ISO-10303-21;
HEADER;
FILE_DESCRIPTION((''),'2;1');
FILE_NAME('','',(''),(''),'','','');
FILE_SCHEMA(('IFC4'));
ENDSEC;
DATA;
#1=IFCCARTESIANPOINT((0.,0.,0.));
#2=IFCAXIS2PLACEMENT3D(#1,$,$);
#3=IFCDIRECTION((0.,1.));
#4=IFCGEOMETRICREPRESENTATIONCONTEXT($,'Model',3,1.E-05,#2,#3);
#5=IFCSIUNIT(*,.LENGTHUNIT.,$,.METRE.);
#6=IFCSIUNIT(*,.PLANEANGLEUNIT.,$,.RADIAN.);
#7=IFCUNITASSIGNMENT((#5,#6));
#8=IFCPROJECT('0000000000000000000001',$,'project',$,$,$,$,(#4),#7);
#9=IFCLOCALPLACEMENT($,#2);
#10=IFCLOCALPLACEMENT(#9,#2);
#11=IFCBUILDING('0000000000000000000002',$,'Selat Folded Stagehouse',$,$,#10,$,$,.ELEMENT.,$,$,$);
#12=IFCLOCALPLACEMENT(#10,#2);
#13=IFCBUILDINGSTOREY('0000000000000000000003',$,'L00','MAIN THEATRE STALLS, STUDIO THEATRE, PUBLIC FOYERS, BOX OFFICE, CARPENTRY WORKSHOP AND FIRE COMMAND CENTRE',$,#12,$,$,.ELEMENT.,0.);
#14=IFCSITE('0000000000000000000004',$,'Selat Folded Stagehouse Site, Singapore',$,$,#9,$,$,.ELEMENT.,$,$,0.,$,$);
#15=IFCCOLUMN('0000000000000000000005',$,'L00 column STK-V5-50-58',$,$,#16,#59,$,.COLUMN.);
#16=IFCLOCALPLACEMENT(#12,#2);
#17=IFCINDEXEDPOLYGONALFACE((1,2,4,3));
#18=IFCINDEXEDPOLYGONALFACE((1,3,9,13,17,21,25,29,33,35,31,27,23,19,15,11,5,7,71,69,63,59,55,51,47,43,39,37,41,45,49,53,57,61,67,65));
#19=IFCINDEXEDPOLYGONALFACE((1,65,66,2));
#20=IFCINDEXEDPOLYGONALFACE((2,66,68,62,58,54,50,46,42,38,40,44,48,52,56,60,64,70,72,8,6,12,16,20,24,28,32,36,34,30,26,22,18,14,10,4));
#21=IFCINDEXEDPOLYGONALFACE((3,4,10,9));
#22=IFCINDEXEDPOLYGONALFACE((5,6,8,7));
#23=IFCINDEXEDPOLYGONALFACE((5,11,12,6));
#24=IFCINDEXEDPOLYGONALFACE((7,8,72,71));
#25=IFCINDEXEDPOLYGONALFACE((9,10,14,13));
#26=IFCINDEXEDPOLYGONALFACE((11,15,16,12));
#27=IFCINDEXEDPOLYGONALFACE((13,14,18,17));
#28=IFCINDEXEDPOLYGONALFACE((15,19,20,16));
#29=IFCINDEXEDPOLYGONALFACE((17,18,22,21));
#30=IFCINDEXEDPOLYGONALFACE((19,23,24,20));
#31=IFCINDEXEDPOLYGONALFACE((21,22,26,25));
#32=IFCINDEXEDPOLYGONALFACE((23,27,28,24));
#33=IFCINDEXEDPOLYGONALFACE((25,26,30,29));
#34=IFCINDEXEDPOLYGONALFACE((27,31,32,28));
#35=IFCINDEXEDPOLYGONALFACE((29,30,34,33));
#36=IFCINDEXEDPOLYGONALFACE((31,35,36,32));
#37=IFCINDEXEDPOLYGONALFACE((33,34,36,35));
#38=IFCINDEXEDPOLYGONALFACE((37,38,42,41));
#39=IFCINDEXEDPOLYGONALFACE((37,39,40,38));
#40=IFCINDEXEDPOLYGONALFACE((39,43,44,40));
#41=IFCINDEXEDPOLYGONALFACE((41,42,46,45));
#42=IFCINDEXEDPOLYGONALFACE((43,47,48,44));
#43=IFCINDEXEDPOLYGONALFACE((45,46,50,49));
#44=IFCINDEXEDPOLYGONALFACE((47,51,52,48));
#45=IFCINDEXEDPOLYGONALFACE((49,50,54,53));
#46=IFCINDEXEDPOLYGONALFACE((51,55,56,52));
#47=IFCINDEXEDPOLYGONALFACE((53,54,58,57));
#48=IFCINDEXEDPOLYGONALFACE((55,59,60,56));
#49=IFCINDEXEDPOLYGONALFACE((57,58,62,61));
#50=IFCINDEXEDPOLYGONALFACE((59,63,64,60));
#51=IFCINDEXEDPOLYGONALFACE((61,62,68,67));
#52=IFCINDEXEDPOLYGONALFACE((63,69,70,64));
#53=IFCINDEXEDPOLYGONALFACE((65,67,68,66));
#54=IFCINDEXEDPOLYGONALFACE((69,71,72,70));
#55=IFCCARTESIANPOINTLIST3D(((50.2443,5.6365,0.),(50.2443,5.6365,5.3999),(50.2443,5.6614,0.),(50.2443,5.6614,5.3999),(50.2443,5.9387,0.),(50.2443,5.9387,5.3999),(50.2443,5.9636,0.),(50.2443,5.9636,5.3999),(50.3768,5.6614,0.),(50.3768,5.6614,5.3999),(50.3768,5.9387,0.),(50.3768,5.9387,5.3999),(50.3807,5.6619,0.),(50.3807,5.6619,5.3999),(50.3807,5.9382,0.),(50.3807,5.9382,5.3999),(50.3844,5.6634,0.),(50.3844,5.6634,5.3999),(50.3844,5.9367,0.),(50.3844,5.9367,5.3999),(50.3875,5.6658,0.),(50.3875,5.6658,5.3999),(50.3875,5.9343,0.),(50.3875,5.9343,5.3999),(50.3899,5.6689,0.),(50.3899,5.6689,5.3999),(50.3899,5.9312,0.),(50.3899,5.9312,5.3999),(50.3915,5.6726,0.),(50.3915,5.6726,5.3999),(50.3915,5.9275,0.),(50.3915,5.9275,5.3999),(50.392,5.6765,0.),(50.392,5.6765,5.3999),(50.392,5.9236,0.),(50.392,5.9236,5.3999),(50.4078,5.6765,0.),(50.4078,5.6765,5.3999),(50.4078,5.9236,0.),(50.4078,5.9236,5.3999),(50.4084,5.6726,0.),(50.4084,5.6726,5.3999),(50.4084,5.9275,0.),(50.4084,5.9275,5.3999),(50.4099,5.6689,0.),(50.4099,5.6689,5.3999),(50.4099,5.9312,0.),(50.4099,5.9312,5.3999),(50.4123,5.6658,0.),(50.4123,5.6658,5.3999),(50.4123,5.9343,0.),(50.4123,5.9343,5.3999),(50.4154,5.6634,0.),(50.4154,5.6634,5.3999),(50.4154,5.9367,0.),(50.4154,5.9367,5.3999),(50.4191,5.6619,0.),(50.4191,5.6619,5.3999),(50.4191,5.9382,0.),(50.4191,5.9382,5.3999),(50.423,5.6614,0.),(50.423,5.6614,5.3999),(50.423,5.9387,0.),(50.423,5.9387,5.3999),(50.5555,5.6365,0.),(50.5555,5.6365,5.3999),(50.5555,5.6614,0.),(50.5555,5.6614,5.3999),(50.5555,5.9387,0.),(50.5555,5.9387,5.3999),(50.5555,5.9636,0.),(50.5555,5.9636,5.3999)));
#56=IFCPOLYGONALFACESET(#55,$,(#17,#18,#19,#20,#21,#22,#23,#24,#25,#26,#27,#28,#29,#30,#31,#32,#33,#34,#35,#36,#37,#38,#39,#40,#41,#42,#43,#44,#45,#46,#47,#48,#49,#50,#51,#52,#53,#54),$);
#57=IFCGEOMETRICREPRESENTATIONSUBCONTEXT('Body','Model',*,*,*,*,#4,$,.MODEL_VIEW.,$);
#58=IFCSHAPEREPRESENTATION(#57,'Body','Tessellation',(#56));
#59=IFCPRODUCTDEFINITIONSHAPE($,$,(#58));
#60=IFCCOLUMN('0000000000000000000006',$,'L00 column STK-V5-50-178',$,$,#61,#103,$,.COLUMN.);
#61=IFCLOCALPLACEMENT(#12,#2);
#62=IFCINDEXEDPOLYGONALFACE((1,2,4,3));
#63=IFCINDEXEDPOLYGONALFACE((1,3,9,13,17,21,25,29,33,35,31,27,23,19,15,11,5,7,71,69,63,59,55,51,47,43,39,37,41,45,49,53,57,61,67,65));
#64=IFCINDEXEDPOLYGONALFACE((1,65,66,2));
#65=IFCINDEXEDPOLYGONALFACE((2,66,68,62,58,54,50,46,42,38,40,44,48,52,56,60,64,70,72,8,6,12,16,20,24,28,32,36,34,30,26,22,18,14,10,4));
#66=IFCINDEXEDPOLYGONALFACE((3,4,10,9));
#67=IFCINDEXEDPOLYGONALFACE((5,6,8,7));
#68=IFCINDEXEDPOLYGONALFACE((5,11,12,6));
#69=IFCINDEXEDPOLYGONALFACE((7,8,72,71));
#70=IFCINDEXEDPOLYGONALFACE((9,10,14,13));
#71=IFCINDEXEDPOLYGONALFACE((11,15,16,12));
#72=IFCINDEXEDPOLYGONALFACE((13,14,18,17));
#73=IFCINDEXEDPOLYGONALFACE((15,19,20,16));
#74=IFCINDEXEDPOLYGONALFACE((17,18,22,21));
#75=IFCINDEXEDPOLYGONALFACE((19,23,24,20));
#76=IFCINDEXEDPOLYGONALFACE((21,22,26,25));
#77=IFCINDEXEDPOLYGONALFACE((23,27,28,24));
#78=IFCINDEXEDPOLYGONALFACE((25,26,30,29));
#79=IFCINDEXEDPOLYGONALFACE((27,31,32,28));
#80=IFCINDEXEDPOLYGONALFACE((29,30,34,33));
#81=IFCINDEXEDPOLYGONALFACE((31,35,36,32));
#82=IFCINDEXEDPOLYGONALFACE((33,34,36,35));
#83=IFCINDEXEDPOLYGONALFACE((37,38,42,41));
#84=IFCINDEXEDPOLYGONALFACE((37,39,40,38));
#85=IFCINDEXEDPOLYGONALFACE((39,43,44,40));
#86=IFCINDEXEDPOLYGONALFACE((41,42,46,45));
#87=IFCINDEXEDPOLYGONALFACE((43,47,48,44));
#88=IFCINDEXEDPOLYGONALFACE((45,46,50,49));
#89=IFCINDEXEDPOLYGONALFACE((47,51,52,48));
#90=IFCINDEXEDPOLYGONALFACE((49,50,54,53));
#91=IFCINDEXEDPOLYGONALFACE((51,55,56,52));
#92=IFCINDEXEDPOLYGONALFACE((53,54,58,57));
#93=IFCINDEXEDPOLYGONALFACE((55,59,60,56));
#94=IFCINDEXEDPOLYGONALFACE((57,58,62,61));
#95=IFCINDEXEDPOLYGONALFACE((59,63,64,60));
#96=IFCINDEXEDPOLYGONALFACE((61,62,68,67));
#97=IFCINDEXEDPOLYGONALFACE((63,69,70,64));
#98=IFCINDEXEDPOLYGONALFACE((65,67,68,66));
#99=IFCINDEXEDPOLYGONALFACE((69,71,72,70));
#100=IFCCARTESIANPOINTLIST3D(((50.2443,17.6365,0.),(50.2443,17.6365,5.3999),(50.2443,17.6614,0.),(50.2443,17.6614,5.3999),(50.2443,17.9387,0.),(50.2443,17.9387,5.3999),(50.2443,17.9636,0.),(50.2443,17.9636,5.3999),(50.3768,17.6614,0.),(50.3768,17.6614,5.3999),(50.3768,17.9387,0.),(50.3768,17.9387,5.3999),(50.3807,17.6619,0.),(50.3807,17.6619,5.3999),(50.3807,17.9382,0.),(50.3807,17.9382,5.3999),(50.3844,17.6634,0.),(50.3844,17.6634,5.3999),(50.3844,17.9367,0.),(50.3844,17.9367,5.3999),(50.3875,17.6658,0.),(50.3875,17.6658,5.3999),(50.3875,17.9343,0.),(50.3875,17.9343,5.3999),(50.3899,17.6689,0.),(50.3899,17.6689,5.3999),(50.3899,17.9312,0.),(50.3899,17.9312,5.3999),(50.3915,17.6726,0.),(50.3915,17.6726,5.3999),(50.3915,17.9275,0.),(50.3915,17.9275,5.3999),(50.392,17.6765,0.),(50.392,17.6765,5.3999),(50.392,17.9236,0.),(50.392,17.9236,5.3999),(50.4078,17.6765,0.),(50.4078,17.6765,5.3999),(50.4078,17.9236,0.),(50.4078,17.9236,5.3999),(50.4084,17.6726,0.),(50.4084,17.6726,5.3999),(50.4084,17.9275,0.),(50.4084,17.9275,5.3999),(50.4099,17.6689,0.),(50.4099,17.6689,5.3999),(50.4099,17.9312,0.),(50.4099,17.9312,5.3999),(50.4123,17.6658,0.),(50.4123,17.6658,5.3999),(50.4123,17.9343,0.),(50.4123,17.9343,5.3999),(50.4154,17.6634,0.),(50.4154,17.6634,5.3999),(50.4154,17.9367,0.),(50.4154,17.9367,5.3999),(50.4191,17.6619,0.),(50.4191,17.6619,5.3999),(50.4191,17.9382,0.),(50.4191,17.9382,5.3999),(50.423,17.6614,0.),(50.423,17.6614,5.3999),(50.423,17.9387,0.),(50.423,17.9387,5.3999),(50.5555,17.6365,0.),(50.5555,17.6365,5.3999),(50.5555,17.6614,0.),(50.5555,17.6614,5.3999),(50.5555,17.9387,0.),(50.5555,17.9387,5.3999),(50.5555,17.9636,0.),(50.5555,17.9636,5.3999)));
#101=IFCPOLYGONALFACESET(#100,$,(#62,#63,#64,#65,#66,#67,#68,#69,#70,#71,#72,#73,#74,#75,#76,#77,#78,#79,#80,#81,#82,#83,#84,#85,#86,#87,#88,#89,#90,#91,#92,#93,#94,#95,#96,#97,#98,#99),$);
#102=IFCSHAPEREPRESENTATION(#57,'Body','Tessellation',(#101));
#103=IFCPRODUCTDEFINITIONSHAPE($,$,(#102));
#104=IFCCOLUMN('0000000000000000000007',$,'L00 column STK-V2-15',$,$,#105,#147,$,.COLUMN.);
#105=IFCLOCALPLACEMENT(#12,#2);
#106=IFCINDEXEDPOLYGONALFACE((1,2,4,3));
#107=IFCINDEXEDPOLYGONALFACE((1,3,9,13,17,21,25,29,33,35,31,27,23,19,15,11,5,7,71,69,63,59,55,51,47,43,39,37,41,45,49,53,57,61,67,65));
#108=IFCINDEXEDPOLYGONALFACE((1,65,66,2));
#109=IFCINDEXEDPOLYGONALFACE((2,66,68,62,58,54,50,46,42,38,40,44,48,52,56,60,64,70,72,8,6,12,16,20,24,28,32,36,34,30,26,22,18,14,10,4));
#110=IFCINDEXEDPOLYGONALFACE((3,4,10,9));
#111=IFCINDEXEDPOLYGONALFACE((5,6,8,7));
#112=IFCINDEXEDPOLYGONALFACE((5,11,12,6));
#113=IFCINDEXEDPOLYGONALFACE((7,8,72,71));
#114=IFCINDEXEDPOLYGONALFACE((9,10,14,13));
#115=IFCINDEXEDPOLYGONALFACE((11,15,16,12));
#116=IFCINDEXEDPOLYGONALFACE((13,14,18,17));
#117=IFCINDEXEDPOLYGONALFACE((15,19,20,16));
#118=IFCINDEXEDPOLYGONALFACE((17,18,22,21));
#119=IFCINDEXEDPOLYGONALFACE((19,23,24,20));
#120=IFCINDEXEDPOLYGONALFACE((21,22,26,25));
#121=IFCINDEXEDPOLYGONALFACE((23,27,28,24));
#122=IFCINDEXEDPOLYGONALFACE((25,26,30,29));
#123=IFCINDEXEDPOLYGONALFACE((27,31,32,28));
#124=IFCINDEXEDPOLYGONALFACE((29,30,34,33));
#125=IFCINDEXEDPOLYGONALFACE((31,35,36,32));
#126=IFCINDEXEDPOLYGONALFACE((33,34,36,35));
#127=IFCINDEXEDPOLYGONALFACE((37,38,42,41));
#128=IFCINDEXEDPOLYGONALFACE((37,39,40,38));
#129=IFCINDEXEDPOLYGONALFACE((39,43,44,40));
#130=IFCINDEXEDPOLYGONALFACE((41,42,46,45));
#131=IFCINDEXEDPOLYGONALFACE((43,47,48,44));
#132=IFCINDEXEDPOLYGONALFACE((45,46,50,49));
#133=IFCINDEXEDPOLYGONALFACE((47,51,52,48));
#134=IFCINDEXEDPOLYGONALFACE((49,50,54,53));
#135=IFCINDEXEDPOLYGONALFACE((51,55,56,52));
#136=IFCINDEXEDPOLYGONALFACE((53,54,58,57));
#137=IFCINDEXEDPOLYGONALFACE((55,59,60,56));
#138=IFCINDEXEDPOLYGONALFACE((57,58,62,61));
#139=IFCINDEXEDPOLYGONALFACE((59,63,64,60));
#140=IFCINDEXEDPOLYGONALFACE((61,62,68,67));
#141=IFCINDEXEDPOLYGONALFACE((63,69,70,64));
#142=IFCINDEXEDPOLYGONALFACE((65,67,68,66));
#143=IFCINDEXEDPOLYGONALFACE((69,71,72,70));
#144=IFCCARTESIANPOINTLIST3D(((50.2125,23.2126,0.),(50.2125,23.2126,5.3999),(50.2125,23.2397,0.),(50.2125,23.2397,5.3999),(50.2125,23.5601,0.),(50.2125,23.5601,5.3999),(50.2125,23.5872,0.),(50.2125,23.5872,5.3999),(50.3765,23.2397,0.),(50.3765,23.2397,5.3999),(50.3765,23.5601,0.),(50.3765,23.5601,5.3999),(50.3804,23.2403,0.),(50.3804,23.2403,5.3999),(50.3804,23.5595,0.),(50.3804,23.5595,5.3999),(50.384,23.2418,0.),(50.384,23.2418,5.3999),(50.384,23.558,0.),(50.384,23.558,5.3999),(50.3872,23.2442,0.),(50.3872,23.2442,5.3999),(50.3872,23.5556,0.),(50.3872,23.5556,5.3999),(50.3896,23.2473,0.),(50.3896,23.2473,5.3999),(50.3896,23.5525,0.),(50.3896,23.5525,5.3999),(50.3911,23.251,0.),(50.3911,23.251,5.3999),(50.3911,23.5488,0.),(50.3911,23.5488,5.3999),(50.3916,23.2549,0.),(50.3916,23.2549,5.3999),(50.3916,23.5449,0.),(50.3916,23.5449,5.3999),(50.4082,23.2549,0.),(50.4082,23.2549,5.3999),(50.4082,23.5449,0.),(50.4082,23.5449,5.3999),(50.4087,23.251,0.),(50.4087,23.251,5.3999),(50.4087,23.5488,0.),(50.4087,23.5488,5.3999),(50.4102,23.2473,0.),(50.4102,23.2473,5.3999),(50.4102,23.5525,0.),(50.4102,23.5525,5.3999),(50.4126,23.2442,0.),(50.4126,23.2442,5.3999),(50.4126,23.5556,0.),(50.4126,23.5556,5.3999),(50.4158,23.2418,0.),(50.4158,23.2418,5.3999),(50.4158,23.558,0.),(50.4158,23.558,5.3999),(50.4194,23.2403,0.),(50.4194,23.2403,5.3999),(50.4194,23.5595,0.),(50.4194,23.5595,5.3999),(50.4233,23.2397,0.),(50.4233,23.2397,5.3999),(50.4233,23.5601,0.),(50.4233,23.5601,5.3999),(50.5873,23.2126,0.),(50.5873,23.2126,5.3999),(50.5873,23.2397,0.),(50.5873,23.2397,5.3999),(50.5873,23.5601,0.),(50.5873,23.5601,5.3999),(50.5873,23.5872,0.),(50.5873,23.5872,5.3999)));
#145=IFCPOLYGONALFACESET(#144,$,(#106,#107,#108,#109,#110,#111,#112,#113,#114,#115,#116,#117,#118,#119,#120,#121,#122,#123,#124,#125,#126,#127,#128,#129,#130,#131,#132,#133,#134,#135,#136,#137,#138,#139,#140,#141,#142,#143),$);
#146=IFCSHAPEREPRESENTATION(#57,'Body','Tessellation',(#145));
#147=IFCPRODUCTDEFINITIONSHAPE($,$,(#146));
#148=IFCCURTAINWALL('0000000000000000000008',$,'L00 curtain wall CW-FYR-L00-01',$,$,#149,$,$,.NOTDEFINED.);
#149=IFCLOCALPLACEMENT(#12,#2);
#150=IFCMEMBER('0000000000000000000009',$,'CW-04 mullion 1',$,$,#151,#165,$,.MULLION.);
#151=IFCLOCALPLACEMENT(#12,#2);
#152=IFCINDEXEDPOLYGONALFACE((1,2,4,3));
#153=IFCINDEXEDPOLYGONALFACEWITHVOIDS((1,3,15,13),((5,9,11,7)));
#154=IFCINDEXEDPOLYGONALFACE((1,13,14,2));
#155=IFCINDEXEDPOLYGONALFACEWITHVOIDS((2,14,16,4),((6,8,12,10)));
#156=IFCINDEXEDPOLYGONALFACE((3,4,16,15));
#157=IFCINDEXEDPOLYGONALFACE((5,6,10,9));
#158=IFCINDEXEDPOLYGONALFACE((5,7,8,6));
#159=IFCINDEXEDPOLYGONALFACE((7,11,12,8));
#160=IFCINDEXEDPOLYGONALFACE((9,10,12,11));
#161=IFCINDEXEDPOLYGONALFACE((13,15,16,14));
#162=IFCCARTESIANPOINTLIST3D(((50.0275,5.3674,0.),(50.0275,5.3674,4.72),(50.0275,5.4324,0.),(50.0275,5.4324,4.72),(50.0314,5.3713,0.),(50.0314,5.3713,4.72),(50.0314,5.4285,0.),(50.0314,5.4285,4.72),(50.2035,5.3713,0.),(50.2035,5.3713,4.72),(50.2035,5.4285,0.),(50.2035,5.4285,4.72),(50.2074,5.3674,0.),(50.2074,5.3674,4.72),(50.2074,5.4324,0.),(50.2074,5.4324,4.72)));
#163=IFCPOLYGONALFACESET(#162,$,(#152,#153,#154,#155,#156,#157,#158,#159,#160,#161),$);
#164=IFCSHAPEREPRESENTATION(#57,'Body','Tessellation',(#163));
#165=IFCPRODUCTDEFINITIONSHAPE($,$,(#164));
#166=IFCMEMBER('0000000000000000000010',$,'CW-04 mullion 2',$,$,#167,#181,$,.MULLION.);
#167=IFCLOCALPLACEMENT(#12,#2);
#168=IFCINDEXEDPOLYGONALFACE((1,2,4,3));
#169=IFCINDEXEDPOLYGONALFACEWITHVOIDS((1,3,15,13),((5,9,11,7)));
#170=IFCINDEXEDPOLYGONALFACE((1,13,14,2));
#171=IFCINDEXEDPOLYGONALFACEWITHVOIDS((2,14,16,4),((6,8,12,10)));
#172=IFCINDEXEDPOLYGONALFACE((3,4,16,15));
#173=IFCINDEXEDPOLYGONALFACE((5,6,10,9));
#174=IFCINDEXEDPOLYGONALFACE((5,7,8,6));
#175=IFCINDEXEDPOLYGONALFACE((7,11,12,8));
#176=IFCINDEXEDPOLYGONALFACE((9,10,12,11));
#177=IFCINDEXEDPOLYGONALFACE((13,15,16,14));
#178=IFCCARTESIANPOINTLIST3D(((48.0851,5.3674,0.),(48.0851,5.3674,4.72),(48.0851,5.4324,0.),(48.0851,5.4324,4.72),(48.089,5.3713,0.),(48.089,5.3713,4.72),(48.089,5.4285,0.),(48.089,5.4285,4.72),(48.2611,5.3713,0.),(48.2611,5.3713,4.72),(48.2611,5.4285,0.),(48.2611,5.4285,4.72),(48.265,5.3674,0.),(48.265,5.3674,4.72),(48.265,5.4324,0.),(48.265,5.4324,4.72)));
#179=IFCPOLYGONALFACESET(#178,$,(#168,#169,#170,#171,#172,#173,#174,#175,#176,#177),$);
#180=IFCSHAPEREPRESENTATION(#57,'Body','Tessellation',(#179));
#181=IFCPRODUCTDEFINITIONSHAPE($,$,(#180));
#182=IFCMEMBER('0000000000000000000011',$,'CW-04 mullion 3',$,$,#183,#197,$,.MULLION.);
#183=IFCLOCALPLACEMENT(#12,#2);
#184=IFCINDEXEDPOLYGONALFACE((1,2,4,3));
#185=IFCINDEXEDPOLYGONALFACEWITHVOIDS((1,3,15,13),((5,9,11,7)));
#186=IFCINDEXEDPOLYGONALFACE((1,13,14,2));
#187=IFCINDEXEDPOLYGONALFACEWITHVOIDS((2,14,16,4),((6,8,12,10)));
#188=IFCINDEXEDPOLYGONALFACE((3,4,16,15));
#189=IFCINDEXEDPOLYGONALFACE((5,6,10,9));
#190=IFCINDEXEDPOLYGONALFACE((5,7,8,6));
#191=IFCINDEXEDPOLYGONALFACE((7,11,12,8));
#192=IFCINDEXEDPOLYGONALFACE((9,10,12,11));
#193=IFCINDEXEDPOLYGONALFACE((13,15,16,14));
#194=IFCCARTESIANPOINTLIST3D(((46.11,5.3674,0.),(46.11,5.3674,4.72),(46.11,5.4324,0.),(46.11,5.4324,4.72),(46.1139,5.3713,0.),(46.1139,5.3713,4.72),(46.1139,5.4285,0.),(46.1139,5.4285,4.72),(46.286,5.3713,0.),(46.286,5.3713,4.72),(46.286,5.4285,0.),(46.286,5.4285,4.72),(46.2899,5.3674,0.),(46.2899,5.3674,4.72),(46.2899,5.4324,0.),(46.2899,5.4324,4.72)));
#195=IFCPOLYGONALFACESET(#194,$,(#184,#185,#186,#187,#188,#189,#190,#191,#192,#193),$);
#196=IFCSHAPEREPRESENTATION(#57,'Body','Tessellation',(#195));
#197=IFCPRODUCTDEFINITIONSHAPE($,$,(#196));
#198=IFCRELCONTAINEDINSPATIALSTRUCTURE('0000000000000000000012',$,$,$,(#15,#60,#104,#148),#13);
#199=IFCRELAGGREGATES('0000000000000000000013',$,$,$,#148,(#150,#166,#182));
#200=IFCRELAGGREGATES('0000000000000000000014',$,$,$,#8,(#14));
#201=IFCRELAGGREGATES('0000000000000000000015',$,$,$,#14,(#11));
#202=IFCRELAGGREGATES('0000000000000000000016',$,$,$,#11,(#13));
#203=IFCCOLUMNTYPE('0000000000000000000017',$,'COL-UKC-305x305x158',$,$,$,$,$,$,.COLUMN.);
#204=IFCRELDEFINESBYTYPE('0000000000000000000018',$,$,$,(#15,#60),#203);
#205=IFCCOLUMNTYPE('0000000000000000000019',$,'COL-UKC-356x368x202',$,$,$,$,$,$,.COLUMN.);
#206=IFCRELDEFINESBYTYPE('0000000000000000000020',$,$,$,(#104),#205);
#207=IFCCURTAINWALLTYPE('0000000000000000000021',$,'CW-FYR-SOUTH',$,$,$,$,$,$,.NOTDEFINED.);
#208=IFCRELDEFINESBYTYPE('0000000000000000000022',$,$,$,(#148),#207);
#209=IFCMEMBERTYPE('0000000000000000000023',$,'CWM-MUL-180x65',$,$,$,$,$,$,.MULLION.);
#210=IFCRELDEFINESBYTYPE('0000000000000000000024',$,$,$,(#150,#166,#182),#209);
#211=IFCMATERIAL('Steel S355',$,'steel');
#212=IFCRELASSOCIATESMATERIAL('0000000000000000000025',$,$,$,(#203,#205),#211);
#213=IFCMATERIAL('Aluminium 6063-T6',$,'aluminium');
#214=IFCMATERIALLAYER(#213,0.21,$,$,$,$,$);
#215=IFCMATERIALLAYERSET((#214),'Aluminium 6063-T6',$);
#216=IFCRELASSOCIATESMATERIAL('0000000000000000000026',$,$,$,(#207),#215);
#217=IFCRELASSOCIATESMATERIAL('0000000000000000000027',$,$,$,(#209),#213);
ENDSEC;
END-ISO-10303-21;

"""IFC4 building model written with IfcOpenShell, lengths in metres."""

from ifc_helpers import new_model, si_unit, direction, frame, origin, origin_2d, place, context, subcontext, project, spatial, hollow_rectangle, i_section, extrude, material, layer, layer_set, material_profile, profile_set, type_object, element, aggregate, save


model = new_model("IFC4")

# Units and contexts
model_context = context("Model", 3, precision=1e-05, world=origin(), true_north=direction((0.0, 1.0)))
body_context = subcontext(model_context, "Body", "Model", "MODEL_VIEW")
ifc_project = project(units=[si_unit("LENGTHUNIT", "METRE"), si_unit("PLANEANGLEUNIT", "RADIAN")], contexts=[model_context])

# Site, building, storey
site_placement = place(None, origin())
site = spatial("IfcSite", under=ifc_project, at=site_placement, Name="Selat Folded Stagehouse Site, Singapore", CompositionType="ELEMENT", RefElevation=0.0)
building_placement = place(site_placement, origin())
building = spatial("IfcBuilding", under=site, at=building_placement, Name="Selat Folded Stagehouse", CompositionType="ELEMENT")
storey_placement = place(building_placement, origin())
storey = spatial("IfcBuildingStorey", under=building, at=storey_placement, Name="L00", Description="MAIN THEATRE STALLS, STUDIO THEATRE, PUBLIC FOYERS, BOX OFFICE, CARPENTRY WORKSHOP AND FIRE COMMAND CENTRE", CompositionType="ELEMENT", Elevation=0.0)

# Columns
ifc_material_1 = material(Name="Steel S355", Category="steel")
ifc_material_profile_1 = material_profile(ifc_material_1, i_section(OverallWidth=0.3113, OverallDepth=0.3271, WebThickness=0.0159, FlangeThickness=0.0249, FilletRadius=0.0151, at=origin_2d()), Name="UKC 305x305x158")
ifc_profile_set_1 = profile_set([ifc_material_profile_1], Name="Steel S355")
column_type_1 = type_object("IfcColumnType", Name="COL-UKC-305x305x158", PredefinedType="COLUMN", material=ifc_profile_set_1)
for number, where, z_axis, x_axis, name in (
    (1, (50.3999, 5.8, 0.0), (0.0, 0.0, 1.0), (1.0, 0.0, 0.0), "L00 column STK-V5-50-58"),
    (2, (50.3999, 17.8, 0.0), (0.0, 0.0, 1.0), (1.0, 0.0, 0.0), "L00 column STK-V5-50-178"),
):
    element("IfcColumn", number, at=place(storey_placement, frame(where, z_axis=z_axis, x_axis=x_axis)), inside=storey, type_object=column_type_1, Name=name, PredefinedType="COLUMN", context=body_context, shape_type="SweptSolid", body=[
        extrude(i_section(OverallWidth=0.3113, OverallDepth=0.3271, WebThickness=0.0159, FlangeThickness=0.0249, FilletRadius=0.0151, at=origin_2d()), origin(), (0.0, 0.0, 1.0), 5.3999),
    ])
ifc_material_profile_2 = material_profile(ifc_material_1, i_section(OverallWidth=0.3748, OverallDepth=0.3745, WebThickness=0.0166, FlangeThickness=0.0271, FilletRadius=0.0151, at=origin_2d()), Name="UKC 356x368x202")
ifc_profile_set_2 = profile_set([ifc_material_profile_2], Name="Steel S355")
column_type_2 = type_object("IfcColumnType", Name="COL-UKC-356x368x202", PredefinedType="COLUMN", material=ifc_profile_set_2)
column_placement = place(storey_placement, frame((50.3999, 23.3999, 0.0), z_axis=(0.0, 0.0, 1.0), x_axis=(1.0, 0.0, 0.0)))
element("IfcColumn", 3, at=column_placement, inside=storey, type_object=column_type_2, Name="L00 column STK-V2-15", PredefinedType="COLUMN", context=body_context, shape_type="SweptSolid", body=[
    extrude(i_section(OverallWidth=0.3748, OverallDepth=0.3745, WebThickness=0.0166, FlangeThickness=0.0271, FilletRadius=0.0151, at=origin_2d()), origin(), (0.0, 0.0, 1.0), 5.3999),
])

# Curtain wall, members
ifc_material_2 = material(Name="Aluminium 6063-T6", Category="aluminium")
ifc_layer_1 = layer(ifc_material_2, 0.21)
ifc_layer_set_1 = layer_set([ifc_layer_1], Name="Aluminium 6063-T6")
curtain_wall_type = type_object("IfcCurtainWallType", Name="CW-FYR-SOUTH", PredefinedType="NOTDEFINED", material=ifc_layer_set_1)
curtain_wall_placement = place(storey_placement, origin())
curtain_wall = element("IfcCurtainWall", 4, at=curtain_wall_placement, inside=storey, type_object=curtain_wall_type, Name="L00 curtain wall CW-FYR-L00-01", PredefinedType="NOTDEFINED")
ifc_material_profile_3 = material_profile(ifc_material_2, hollow_rectangle(XDim=0.0649, YDim=0.1799, WallThickness=0.0039, at=origin_2d()), Name="ALU 180x65x4.0")
ifc_profile_set_3 = profile_set([ifc_material_profile_3], Name="Aluminium 6063-T6")
member_type_1 = type_object("IfcMemberType", Name="CWM-MUL-180x65", PredefinedType="MULLION", material=ifc_profile_set_3)
member_1_placement = place(storey_placement, frame((50.1174, 5.3999, 0.0), z_axis=(0.0, 0.0, 1.0), x_axis=(0.0, -1.0, 0.0)))
member_1 = element("IfcMember", 5, at=member_1_placement, type_object=member_type_1, Name="CW-04 mullion 1", PredefinedType="MULLION", context=body_context, shape_type="SweptSolid", body=[
    extrude(hollow_rectangle(XDim=0.0649, YDim=0.1799, WallThickness=0.0039, at=origin_2d()), origin(), (0.0, 0.0, 1.0), 4.72),
])
member_2_placement = place(storey_placement, frame((48.175, 5.3999, 0.0), z_axis=(0.0, 0.0, 1.0), x_axis=(0.0, -1.0, 0.0)))
member_2 = element("IfcMember", 6, at=member_2_placement, type_object=member_type_1, Name="CW-04 mullion 2", PredefinedType="MULLION", context=body_context, shape_type="SweptSolid", body=[
    extrude(hollow_rectangle(XDim=0.0649, YDim=0.1799, WallThickness=0.0039, at=origin_2d()), origin(), (0.0, 0.0, 1.0), 4.72),
])
member_3_placement = place(storey_placement, frame((46.2, 5.3999, 0.0), z_axis=(0.0, 0.0, 1.0), x_axis=(0.0, -1.0, 0.0)))
member_3 = element("IfcMember", 7, at=member_3_placement, type_object=member_type_1, Name="CW-04 mullion 3", PredefinedType="MULLION", context=body_context, shape_type="SweptSolid", body=[
    extrude(hollow_rectangle(XDim=0.0649, YDim=0.1799, WallThickness=0.0039, at=origin_2d()), origin(), (0.0, 0.0, 1.0), 4.72),
])

aggregate(curtain_wall, [member_1, member_2, member_3])

save(model, "model.ifc")
